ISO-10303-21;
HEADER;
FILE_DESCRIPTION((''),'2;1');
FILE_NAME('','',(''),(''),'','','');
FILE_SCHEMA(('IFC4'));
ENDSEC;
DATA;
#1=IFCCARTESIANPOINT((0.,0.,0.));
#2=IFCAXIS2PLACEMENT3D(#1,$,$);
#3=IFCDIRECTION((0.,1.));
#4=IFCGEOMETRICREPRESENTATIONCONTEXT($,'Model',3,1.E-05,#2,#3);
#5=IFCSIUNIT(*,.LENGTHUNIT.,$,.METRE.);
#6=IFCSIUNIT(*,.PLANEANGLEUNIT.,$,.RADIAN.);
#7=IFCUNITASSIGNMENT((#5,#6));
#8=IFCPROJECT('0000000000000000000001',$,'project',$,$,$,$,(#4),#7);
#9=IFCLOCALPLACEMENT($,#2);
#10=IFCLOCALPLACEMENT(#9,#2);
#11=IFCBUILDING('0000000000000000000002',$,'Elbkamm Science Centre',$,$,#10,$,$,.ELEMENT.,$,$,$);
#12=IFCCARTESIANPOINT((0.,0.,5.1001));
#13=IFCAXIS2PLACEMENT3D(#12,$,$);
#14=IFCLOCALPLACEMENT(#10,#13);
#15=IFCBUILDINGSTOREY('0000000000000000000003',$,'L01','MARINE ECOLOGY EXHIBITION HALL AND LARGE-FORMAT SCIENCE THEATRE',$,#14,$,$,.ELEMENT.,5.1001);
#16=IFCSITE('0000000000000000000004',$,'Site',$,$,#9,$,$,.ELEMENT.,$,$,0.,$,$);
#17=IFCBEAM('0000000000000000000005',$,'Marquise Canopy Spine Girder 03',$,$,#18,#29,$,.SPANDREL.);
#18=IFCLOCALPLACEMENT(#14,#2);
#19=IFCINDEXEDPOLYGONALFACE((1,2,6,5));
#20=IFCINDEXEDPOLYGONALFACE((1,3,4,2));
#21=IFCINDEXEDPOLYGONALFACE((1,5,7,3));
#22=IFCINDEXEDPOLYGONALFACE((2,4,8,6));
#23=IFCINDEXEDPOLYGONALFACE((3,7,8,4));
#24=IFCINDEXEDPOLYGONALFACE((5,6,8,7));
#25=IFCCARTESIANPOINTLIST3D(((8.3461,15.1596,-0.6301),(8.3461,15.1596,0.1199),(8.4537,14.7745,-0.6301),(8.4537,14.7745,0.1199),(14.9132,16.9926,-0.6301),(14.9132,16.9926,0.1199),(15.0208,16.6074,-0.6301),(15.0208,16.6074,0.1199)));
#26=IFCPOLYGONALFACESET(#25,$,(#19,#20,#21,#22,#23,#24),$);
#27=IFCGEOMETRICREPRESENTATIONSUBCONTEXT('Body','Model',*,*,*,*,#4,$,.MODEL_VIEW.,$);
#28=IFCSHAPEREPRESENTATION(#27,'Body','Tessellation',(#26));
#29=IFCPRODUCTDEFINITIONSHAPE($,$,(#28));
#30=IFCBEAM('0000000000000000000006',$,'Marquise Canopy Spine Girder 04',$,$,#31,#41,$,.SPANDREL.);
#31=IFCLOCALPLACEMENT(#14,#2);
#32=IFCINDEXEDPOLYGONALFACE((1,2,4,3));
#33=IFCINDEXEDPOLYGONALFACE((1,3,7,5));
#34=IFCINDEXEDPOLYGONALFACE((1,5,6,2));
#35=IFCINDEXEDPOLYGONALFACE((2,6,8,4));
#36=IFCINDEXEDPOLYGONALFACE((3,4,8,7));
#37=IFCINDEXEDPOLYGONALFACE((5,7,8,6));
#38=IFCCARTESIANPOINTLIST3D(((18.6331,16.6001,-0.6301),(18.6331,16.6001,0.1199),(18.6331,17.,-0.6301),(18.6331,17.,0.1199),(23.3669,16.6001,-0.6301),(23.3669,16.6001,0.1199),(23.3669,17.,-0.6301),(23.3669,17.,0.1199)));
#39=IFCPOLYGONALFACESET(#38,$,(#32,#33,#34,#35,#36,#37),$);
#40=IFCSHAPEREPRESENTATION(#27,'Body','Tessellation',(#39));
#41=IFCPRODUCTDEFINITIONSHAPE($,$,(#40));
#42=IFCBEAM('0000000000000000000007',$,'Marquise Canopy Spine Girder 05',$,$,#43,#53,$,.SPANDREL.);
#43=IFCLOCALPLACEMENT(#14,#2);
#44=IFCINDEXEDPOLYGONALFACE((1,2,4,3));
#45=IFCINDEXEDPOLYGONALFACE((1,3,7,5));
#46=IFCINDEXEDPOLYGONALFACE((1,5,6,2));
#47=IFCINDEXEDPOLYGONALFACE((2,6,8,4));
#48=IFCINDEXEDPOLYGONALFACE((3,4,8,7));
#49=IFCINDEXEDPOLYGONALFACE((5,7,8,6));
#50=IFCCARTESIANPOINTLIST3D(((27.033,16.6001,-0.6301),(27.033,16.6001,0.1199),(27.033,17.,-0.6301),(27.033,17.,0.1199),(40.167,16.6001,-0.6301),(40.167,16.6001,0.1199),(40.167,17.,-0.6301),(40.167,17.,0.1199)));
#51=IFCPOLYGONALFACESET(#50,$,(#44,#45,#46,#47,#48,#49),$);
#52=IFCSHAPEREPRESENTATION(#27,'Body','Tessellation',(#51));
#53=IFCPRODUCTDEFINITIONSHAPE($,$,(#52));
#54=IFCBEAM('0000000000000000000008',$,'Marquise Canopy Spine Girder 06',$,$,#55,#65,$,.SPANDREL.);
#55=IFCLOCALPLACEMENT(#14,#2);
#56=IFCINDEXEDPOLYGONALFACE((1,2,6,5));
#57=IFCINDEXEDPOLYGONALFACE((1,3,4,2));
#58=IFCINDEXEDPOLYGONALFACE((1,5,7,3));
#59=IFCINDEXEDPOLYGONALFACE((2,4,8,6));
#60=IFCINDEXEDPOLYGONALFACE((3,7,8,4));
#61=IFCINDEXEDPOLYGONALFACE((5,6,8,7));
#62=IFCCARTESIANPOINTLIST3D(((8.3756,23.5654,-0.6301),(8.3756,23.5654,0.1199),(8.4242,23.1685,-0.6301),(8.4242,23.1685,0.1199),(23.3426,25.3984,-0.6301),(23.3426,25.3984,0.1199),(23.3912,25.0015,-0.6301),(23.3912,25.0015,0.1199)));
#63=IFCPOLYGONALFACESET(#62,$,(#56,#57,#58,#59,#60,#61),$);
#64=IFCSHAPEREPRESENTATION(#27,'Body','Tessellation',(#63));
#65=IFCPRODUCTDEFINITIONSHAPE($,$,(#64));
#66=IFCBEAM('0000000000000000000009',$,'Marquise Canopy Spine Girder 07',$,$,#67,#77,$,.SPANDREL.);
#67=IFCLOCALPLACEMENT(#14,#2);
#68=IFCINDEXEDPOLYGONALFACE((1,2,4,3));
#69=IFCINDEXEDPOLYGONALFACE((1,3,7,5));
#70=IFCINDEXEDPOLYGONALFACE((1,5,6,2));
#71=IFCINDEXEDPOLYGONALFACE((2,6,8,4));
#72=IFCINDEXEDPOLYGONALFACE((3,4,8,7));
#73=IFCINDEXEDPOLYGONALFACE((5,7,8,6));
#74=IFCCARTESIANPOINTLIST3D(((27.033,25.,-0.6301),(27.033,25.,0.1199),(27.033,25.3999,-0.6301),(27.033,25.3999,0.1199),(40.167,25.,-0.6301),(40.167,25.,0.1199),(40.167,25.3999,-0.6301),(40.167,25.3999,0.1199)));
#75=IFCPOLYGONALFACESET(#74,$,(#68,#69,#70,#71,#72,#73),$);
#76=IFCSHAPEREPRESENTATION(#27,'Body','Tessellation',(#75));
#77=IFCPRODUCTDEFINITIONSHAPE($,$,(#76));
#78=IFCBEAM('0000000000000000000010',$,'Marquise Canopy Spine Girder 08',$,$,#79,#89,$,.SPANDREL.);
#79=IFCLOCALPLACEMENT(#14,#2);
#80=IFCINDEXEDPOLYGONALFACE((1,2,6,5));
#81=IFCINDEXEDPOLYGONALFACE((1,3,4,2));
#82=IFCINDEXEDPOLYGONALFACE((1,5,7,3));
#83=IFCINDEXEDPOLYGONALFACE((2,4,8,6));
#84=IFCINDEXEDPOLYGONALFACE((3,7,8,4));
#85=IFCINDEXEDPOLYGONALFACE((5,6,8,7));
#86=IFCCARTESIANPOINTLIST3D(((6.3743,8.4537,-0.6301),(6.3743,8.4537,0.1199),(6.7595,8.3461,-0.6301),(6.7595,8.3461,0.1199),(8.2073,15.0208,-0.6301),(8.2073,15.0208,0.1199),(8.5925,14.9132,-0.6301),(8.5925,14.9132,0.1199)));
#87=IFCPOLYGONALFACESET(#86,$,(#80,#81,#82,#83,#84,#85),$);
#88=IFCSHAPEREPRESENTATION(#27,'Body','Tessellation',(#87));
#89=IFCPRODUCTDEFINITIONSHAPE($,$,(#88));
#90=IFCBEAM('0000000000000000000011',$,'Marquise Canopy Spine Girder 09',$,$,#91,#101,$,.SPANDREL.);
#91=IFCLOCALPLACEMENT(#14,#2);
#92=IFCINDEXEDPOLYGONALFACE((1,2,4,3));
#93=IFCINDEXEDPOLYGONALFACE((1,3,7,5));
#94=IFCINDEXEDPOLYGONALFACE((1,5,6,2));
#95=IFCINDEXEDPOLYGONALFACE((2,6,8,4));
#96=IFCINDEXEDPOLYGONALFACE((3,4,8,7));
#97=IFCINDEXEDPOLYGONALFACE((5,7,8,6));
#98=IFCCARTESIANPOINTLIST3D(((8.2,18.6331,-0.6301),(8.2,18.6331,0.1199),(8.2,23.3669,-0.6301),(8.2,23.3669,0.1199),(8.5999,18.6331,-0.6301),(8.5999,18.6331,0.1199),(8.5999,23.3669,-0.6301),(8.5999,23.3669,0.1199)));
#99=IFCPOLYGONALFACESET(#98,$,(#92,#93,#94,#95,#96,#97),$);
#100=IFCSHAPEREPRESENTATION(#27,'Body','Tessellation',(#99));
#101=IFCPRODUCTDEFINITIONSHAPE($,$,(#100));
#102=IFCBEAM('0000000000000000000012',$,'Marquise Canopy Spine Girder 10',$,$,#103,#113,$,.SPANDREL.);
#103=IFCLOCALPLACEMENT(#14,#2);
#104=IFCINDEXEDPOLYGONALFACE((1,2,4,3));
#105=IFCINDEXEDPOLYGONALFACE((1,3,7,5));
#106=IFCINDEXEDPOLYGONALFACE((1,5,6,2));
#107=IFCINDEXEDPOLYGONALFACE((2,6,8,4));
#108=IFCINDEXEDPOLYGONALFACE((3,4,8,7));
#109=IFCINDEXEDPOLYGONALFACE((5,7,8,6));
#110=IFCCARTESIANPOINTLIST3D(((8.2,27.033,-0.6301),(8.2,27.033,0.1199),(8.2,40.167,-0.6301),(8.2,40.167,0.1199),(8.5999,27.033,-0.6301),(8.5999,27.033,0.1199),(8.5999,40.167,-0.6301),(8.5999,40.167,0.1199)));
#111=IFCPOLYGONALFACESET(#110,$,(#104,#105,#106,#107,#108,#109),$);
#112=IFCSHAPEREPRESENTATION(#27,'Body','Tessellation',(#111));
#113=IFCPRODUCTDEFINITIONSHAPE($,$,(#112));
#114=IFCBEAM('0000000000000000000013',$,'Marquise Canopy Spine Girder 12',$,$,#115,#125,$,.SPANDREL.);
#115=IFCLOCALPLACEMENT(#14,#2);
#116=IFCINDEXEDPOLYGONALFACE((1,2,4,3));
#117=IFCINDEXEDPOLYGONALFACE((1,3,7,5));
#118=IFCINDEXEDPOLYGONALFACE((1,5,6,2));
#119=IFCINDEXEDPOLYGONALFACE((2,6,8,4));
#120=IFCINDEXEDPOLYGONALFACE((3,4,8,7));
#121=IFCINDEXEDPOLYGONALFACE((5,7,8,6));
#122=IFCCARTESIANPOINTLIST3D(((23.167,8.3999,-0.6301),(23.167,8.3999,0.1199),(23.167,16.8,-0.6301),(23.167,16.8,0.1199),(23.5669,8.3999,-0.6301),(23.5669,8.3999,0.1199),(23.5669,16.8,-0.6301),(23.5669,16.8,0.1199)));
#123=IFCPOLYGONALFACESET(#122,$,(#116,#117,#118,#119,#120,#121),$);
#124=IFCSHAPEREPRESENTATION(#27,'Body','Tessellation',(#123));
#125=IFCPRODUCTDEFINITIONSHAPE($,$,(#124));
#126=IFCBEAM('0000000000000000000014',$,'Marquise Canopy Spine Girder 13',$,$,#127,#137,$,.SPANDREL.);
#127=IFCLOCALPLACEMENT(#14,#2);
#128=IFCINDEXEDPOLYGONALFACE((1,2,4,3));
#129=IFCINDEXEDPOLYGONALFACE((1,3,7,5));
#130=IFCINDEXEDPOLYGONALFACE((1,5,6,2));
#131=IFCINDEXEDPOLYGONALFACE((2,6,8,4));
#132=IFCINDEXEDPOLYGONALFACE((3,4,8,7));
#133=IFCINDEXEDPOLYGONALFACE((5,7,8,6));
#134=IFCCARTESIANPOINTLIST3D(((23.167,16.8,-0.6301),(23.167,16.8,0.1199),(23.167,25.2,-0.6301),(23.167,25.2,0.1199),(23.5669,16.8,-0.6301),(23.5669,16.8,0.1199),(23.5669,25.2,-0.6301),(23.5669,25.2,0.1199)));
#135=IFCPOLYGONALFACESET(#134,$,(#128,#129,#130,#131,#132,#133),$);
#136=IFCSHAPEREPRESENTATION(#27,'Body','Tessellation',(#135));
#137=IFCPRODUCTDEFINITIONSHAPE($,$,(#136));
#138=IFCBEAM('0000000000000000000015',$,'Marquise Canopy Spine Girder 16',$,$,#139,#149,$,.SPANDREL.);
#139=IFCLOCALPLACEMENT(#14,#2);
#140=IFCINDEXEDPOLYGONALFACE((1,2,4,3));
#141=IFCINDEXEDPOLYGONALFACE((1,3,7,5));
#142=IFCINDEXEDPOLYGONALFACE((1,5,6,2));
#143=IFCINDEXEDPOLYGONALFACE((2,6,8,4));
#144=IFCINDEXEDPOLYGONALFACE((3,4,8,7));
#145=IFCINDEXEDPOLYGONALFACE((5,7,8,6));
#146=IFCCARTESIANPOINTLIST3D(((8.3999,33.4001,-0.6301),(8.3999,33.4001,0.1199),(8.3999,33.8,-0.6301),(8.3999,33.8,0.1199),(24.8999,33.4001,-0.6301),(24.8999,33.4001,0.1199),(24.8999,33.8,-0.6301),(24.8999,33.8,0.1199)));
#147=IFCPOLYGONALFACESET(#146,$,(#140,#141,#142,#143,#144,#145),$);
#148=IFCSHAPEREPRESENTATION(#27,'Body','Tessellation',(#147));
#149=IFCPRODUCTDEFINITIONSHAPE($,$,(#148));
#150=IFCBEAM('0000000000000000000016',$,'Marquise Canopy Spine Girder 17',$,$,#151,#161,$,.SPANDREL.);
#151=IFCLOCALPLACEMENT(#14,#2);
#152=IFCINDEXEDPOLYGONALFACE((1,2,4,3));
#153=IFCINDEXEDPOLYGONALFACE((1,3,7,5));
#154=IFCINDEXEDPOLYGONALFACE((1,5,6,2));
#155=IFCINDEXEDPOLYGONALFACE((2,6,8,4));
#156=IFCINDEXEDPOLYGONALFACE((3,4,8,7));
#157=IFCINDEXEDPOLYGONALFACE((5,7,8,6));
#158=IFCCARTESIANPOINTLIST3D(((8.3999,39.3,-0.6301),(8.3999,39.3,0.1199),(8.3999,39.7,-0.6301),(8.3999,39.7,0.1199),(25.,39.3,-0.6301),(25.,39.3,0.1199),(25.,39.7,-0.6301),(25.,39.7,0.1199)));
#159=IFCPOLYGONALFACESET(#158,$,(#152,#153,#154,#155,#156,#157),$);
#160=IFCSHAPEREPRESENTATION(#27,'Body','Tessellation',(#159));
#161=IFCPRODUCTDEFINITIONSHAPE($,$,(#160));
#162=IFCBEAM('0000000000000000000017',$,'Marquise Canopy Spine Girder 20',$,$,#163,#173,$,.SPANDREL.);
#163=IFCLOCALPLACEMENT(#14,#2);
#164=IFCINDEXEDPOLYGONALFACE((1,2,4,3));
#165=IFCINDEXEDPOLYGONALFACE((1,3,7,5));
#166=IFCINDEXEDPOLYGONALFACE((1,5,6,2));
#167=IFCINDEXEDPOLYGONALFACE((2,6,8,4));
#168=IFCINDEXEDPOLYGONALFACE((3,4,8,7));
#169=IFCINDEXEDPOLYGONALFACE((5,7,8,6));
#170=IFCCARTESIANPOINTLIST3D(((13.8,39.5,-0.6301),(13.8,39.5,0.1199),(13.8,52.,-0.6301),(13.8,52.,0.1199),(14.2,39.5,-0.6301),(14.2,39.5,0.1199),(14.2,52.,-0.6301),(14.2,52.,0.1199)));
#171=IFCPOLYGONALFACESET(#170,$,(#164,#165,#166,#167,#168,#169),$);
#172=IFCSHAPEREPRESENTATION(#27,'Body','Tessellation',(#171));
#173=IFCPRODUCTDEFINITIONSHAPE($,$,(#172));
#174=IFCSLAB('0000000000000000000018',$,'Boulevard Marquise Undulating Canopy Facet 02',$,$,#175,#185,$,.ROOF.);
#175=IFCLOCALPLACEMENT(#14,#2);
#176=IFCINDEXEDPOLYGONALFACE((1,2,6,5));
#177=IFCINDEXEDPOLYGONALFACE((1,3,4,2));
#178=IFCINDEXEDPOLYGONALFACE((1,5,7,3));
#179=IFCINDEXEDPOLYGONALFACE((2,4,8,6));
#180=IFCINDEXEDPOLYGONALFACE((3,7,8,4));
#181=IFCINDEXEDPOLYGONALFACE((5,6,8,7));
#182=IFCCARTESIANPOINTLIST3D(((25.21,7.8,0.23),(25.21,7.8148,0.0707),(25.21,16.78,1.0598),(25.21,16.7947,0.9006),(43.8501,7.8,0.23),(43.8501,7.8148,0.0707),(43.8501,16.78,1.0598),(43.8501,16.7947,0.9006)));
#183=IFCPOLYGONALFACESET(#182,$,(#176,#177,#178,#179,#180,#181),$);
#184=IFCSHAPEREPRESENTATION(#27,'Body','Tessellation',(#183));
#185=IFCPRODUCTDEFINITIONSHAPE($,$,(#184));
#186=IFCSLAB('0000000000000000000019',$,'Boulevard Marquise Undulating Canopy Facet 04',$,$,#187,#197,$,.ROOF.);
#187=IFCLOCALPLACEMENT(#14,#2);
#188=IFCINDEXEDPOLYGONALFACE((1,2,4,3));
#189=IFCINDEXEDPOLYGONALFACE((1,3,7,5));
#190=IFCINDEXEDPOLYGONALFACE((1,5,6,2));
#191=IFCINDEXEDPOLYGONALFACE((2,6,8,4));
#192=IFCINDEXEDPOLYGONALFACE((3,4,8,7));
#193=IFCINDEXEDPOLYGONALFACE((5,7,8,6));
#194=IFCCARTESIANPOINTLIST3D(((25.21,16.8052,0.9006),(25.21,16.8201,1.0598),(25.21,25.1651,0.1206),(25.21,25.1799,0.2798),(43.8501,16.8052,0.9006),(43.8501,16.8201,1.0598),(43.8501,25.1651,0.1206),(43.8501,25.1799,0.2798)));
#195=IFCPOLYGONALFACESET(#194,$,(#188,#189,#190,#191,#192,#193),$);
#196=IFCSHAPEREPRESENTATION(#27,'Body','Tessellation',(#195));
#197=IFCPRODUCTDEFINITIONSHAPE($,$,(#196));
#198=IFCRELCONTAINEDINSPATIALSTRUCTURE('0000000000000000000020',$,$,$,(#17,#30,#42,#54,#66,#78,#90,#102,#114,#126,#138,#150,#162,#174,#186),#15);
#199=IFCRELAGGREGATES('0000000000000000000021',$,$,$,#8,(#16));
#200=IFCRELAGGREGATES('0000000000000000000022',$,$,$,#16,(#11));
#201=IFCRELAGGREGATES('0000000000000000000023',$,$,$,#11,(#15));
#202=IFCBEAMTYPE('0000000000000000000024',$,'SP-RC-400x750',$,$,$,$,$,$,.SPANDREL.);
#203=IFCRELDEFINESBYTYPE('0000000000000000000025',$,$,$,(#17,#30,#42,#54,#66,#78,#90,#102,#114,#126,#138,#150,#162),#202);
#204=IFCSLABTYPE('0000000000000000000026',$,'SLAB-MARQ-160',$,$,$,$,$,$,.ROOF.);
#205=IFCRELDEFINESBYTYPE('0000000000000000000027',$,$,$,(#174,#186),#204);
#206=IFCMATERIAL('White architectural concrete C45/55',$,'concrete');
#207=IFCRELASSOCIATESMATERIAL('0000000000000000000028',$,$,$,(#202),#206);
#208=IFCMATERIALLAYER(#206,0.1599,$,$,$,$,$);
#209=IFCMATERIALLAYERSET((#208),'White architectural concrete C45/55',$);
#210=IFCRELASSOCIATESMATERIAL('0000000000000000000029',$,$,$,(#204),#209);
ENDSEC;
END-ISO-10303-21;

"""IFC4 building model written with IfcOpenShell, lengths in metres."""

from ifc_helpers import new_model, si_unit, direction, frame, origin, origin_2d, place, context, subcontext, project, spatial, polyline, rectangle, outline, extrude, material, layer, layer_set, material_profile, profile_set, type_object, element, save


model = new_model("IFC4")

# Units and contexts
model_context = context("Model", 3, precision=1e-05, world=origin(), true_north=direction((0.0, 1.0)))
body_context = subcontext(model_context, "Body", "Model", "MODEL_VIEW")
ifc_project = project(units=[si_unit("LENGTHUNIT", "METRE"), si_unit("PLANEANGLEUNIT", "RADIAN")], contexts=[model_context])

# Site, building, storey
site_placement = place(None, origin())
site = spatial("IfcSite", under=ifc_project, at=site_placement, Name="Site", CompositionType="ELEMENT", RefElevation=0.0)
building_placement = place(site_placement, origin())
building = spatial("IfcBuilding", under=site, at=building_placement, Name="Elbkamm Science Centre", CompositionType="ELEMENT")
storey_placement = place(building_placement, frame((0.0, 0.0, 5.1001)))
storey = spatial("IfcBuildingStorey", under=building, at=storey_placement, Name="L01", Description="MARINE ECOLOGY EXHIBITION HALL AND LARGE-FORMAT SCIENCE THEATRE", CompositionType="ELEMENT", Elevation=5.1001)

# Beams
ifc_material_1 = material(Name="White architectural concrete C45/55", Category="concrete")
ifc_material_profile_1 = material_profile(ifc_material_1, rectangle(XDim=0.3999, YDim=0.75, at=origin_2d()), Name="RC 400x750")
ifc_profile_set_1 = profile_set([ifc_material_profile_1], Name="White architectural concrete C45/55")
beam_type_1 = type_object("IfcBeamType", Name="SP-RC-400x750", PredefinedType="SPANDREL", material=ifc_profile_set_1)
beam_1_placement = place(storey_placement, frame((8.3999, 14.967, -0.2551), z_axis=(0.963184, 0.268842, 0.0), x_axis=(-0.268842, 0.963184, 0.0)))
element("IfcBeam", 1, at=beam_1_placement, inside=storey, type_object=beam_type_1, Name="Marquise Canopy Spine Girder 03", PredefinedType="SPANDREL", context=body_context, shape_type="SweptSolid", body=[
    extrude(rectangle(XDim=0.3999, YDim=0.75, at=origin_2d()), origin(), (0.0, 0.0, 1.0), 6.8181),
])
beam_2_placement = place(storey_placement, frame((18.6331, 16.8, -0.2551), z_axis=(1.0, 0.0, 0.0), x_axis=(0.0, 1.0, 0.0)))
element("IfcBeam", 2, at=beam_2_placement, inside=storey, type_object=beam_type_1, Name="Marquise Canopy Spine Girder 04", PredefinedType="SPANDREL", context=body_context, shape_type="SweptSolid", body=[
    extrude(rectangle(XDim=0.3999, YDim=0.75, at=origin_2d()), origin(), (0.0, 0.0, 1.0), 4.7339),
])
beam_3_placement = place(storey_placement, frame((27.033, 16.8, -0.2551), z_axis=(1.0, 0.0, 0.0), x_axis=(0.0, 1.0, 0.0)))
element("IfcBeam", 3, at=beam_3_placement, inside=storey, type_object=beam_type_1, Name="Marquise Canopy Spine Girder 05", PredefinedType="SPANDREL", context=body_context, shape_type="SweptSolid", body=[
    extrude(rectangle(XDim=0.3999, YDim=0.75, at=origin_2d()), origin(), (0.0, 0.0, 1.0), 13.134),
])
beam_4_placement = place(storey_placement, frame((8.3999, 23.3669, -0.2551), z_axis=(0.992584, 0.121561, 0.0), x_axis=(-0.121561, 0.992584, 0.0)))
element("IfcBeam", 4, at=beam_4_placement, inside=storey, type_object=beam_type_1, Name="Marquise Canopy Spine Girder 06", PredefinedType="SPANDREL", context=body_context, shape_type="SweptSolid", body=[
    extrude(rectangle(XDim=0.3999, YDim=0.75, at=origin_2d()), origin(), (0.0, 0.0, 1.0), 15.0789),
])
beam_5_placement = place(storey_placement, frame((27.033, 25.2, -0.2551), z_axis=(1.0, 0.0, 0.0), x_axis=(0.0, 1.0, 0.0)))
element("IfcBeam", 5, at=beam_5_placement, inside=storey, type_object=beam_type_1, Name="Marquise Canopy Spine Girder 07", PredefinedType="SPANDREL", context=body_context, shape_type="SweptSolid", body=[
    extrude(rectangle(XDim=0.3999, YDim=0.75, at=origin_2d()), origin(), (0.0, 0.0, 1.0), 13.134),
])
beam_6_placement = place(storey_placement, frame((6.5669, 8.3999, -0.2551), z_axis=(0.268842, 0.963184, 0.0), x_axis=(-0.963184, 0.268842, 0.0)))
element("IfcBeam", 6, at=beam_6_placement, inside=storey, type_object=beam_type_1, Name="Marquise Canopy Spine Girder 08", PredefinedType="SPANDREL", context=body_context, shape_type="SweptSolid", body=[
    extrude(rectangle(XDim=0.3999, YDim=0.75, at=origin_2d()), origin(), (0.0, 0.0, 1.0), 6.8181),
])
beam_7_placement = place(storey_placement, frame((8.3999, 18.6331, -0.2551), z_axis=(0.0, 1.0, 0.0), x_axis=(-1.0, 0.0, 0.0)))
element("IfcBeam", 7, at=beam_7_placement, inside=storey, type_object=beam_type_1, Name="Marquise Canopy Spine Girder 09", PredefinedType="SPANDREL", context=body_context, shape_type="SweptSolid", body=[
    extrude(rectangle(XDim=0.3999, YDim=0.75, at=origin_2d()), origin(), (0.0, 0.0, 1.0), 4.7339),
])
beam_8_placement = place(storey_placement, frame((8.3999, 27.033, -0.2551), z_axis=(0.0, 1.0, 0.0), x_axis=(-1.0, 0.0, 0.0)))
element("IfcBeam", 8, at=beam_8_placement, inside=storey, type_object=beam_type_1, Name="Marquise Canopy Spine Girder 10", PredefinedType="SPANDREL", context=body_context, shape_type="SweptSolid", body=[
    extrude(rectangle(XDim=0.3999, YDim=0.75, at=origin_2d()), origin(), (0.0, 0.0, 1.0), 13.134),
])
beam_9_placement = place(storey_placement, frame((23.3669, 8.3999, -0.2551), z_axis=(0.0, 1.0, 0.0), x_axis=(-1.0, 0.0, 0.0)))
element("IfcBeam", 9, at=beam_9_placement, inside=storey, type_object=beam_type_1, Name="Marquise Canopy Spine Girder 12", PredefinedType="SPANDREL", context=body_context, shape_type="SweptSolid", body=[
    extrude(rectangle(XDim=0.3999, YDim=0.75, at=origin_2d()), origin(), (0.0, 0.0, 1.0), 8.4001),
])
beam_10_placement = place(storey_placement, frame((23.3669, 16.8, -0.2551), z_axis=(0.0, 1.0, 0.0), x_axis=(-1.0, 0.0, 0.0)))
element("IfcBeam", 10, at=beam_10_placement, inside=storey, type_object=beam_type_1, Name="Marquise Canopy Spine Girder 13", PredefinedType="SPANDREL", context=body_context, shape_type="SweptSolid", body=[
    extrude(rectangle(XDim=0.3999, YDim=0.75, at=origin_2d()), origin(), (0.0, 0.0, 1.0), 8.3999),
])
beam_11_placement = place(storey_placement, frame((8.3999, 33.6001, -0.2551), z_axis=(1.0, 0.0, 0.0), x_axis=(0.0, 1.0, 0.0)))
element("IfcBeam", 11, at=beam_11_placement, inside=storey, type_object=beam_type_1, Name="Marquise Canopy Spine Girder 16", PredefinedType="SPANDREL", context=body_context, shape_type="SweptSolid", body=[
    extrude(rectangle(XDim=0.3999, YDim=0.75, at=origin_2d()), origin(), (0.0, 0.0, 1.0), 16.5),
])
beam_12_placement = place(storey_placement, frame((8.3999, 39.5, -0.2551), z_axis=(1.0, 0.0, 0.0), x_axis=(0.0, 1.0, 0.0)))
element("IfcBeam", 12, at=beam_12_placement, inside=storey, type_object=beam_type_1, Name="Marquise Canopy Spine Girder 17", PredefinedType="SPANDREL", context=body_context, shape_type="SweptSolid", body=[
    extrude(rectangle(XDim=0.3999, YDim=0.75, at=origin_2d()), origin(), (0.0, 0.0, 1.0), 16.6001),
])
beam_13_placement = place(storey_placement, frame((14.0, 39.5, -0.2551), z_axis=(0.0, 1.0, 0.0), x_axis=(-1.0, 0.0, 0.0)))
element("IfcBeam", 13, at=beam_13_placement, inside=storey, type_object=beam_type_1, Name="Marquise Canopy Spine Girder 20", PredefinedType="SPANDREL", context=body_context, shape_type="SweptSolid", body=[
    extrude(rectangle(XDim=0.3999, YDim=0.75, at=origin_2d()), origin(), (0.0, 0.0, 1.0), 12.5),
])

# Slabs
ifc_layer = layer(ifc_material_1, 0.1599)
ifc_layer_set = layer_set([ifc_layer], Name="White architectural concrete C45/55")
slab_type = type_object("IfcSlabType", Name="SLAB-MARQ-160", PredefinedType="ROOF", material=ifc_layer_set)
slab_1_placement = place(storey_placement, frame((25.21, 7.8, 0.23), z_axis=(0.0, -0.092017, 0.995757), x_axis=(1.0, 0.0, 0.0)))
element("IfcSlab", 14, at=slab_1_placement, inside=storey, type_object=slab_type, Name="Boulevard Marquise Undulating Canopy Facet 02", PredefinedType="ROOF", context=body_context, shape_type="SweptSolid", body=[
    extrude(outline(polyline([(0.0, 0.0), (18.6401, 0.0), (18.6401, 9.0182), (0.0, 9.0182), (0.0, 0.0)])), origin(), (0.0, 0.0, -1.0), 0.1599),
])
slab_2_placement = place(storey_placement, frame((25.21, 16.8201, 1.0598), z_axis=(0.0, 0.092903, 0.995675), x_axis=(1.0, 0.0, 0.0)))
element("IfcSlab", 15, at=slab_2_placement, inside=storey, type_object=slab_type, Name="Boulevard Marquise Undulating Canopy Facet 04", PredefinedType="ROOF", context=body_context, shape_type="SweptSolid", body=[
    extrude(outline(polyline([(0.0, 0.0), (18.6401, 0.0), (18.6401, 8.3962), (0.0, 8.3962), (0.0, 0.0)])), origin(), (0.0, 0.0, -1.0), 0.1599),
])

save(model, "model.ifc")
